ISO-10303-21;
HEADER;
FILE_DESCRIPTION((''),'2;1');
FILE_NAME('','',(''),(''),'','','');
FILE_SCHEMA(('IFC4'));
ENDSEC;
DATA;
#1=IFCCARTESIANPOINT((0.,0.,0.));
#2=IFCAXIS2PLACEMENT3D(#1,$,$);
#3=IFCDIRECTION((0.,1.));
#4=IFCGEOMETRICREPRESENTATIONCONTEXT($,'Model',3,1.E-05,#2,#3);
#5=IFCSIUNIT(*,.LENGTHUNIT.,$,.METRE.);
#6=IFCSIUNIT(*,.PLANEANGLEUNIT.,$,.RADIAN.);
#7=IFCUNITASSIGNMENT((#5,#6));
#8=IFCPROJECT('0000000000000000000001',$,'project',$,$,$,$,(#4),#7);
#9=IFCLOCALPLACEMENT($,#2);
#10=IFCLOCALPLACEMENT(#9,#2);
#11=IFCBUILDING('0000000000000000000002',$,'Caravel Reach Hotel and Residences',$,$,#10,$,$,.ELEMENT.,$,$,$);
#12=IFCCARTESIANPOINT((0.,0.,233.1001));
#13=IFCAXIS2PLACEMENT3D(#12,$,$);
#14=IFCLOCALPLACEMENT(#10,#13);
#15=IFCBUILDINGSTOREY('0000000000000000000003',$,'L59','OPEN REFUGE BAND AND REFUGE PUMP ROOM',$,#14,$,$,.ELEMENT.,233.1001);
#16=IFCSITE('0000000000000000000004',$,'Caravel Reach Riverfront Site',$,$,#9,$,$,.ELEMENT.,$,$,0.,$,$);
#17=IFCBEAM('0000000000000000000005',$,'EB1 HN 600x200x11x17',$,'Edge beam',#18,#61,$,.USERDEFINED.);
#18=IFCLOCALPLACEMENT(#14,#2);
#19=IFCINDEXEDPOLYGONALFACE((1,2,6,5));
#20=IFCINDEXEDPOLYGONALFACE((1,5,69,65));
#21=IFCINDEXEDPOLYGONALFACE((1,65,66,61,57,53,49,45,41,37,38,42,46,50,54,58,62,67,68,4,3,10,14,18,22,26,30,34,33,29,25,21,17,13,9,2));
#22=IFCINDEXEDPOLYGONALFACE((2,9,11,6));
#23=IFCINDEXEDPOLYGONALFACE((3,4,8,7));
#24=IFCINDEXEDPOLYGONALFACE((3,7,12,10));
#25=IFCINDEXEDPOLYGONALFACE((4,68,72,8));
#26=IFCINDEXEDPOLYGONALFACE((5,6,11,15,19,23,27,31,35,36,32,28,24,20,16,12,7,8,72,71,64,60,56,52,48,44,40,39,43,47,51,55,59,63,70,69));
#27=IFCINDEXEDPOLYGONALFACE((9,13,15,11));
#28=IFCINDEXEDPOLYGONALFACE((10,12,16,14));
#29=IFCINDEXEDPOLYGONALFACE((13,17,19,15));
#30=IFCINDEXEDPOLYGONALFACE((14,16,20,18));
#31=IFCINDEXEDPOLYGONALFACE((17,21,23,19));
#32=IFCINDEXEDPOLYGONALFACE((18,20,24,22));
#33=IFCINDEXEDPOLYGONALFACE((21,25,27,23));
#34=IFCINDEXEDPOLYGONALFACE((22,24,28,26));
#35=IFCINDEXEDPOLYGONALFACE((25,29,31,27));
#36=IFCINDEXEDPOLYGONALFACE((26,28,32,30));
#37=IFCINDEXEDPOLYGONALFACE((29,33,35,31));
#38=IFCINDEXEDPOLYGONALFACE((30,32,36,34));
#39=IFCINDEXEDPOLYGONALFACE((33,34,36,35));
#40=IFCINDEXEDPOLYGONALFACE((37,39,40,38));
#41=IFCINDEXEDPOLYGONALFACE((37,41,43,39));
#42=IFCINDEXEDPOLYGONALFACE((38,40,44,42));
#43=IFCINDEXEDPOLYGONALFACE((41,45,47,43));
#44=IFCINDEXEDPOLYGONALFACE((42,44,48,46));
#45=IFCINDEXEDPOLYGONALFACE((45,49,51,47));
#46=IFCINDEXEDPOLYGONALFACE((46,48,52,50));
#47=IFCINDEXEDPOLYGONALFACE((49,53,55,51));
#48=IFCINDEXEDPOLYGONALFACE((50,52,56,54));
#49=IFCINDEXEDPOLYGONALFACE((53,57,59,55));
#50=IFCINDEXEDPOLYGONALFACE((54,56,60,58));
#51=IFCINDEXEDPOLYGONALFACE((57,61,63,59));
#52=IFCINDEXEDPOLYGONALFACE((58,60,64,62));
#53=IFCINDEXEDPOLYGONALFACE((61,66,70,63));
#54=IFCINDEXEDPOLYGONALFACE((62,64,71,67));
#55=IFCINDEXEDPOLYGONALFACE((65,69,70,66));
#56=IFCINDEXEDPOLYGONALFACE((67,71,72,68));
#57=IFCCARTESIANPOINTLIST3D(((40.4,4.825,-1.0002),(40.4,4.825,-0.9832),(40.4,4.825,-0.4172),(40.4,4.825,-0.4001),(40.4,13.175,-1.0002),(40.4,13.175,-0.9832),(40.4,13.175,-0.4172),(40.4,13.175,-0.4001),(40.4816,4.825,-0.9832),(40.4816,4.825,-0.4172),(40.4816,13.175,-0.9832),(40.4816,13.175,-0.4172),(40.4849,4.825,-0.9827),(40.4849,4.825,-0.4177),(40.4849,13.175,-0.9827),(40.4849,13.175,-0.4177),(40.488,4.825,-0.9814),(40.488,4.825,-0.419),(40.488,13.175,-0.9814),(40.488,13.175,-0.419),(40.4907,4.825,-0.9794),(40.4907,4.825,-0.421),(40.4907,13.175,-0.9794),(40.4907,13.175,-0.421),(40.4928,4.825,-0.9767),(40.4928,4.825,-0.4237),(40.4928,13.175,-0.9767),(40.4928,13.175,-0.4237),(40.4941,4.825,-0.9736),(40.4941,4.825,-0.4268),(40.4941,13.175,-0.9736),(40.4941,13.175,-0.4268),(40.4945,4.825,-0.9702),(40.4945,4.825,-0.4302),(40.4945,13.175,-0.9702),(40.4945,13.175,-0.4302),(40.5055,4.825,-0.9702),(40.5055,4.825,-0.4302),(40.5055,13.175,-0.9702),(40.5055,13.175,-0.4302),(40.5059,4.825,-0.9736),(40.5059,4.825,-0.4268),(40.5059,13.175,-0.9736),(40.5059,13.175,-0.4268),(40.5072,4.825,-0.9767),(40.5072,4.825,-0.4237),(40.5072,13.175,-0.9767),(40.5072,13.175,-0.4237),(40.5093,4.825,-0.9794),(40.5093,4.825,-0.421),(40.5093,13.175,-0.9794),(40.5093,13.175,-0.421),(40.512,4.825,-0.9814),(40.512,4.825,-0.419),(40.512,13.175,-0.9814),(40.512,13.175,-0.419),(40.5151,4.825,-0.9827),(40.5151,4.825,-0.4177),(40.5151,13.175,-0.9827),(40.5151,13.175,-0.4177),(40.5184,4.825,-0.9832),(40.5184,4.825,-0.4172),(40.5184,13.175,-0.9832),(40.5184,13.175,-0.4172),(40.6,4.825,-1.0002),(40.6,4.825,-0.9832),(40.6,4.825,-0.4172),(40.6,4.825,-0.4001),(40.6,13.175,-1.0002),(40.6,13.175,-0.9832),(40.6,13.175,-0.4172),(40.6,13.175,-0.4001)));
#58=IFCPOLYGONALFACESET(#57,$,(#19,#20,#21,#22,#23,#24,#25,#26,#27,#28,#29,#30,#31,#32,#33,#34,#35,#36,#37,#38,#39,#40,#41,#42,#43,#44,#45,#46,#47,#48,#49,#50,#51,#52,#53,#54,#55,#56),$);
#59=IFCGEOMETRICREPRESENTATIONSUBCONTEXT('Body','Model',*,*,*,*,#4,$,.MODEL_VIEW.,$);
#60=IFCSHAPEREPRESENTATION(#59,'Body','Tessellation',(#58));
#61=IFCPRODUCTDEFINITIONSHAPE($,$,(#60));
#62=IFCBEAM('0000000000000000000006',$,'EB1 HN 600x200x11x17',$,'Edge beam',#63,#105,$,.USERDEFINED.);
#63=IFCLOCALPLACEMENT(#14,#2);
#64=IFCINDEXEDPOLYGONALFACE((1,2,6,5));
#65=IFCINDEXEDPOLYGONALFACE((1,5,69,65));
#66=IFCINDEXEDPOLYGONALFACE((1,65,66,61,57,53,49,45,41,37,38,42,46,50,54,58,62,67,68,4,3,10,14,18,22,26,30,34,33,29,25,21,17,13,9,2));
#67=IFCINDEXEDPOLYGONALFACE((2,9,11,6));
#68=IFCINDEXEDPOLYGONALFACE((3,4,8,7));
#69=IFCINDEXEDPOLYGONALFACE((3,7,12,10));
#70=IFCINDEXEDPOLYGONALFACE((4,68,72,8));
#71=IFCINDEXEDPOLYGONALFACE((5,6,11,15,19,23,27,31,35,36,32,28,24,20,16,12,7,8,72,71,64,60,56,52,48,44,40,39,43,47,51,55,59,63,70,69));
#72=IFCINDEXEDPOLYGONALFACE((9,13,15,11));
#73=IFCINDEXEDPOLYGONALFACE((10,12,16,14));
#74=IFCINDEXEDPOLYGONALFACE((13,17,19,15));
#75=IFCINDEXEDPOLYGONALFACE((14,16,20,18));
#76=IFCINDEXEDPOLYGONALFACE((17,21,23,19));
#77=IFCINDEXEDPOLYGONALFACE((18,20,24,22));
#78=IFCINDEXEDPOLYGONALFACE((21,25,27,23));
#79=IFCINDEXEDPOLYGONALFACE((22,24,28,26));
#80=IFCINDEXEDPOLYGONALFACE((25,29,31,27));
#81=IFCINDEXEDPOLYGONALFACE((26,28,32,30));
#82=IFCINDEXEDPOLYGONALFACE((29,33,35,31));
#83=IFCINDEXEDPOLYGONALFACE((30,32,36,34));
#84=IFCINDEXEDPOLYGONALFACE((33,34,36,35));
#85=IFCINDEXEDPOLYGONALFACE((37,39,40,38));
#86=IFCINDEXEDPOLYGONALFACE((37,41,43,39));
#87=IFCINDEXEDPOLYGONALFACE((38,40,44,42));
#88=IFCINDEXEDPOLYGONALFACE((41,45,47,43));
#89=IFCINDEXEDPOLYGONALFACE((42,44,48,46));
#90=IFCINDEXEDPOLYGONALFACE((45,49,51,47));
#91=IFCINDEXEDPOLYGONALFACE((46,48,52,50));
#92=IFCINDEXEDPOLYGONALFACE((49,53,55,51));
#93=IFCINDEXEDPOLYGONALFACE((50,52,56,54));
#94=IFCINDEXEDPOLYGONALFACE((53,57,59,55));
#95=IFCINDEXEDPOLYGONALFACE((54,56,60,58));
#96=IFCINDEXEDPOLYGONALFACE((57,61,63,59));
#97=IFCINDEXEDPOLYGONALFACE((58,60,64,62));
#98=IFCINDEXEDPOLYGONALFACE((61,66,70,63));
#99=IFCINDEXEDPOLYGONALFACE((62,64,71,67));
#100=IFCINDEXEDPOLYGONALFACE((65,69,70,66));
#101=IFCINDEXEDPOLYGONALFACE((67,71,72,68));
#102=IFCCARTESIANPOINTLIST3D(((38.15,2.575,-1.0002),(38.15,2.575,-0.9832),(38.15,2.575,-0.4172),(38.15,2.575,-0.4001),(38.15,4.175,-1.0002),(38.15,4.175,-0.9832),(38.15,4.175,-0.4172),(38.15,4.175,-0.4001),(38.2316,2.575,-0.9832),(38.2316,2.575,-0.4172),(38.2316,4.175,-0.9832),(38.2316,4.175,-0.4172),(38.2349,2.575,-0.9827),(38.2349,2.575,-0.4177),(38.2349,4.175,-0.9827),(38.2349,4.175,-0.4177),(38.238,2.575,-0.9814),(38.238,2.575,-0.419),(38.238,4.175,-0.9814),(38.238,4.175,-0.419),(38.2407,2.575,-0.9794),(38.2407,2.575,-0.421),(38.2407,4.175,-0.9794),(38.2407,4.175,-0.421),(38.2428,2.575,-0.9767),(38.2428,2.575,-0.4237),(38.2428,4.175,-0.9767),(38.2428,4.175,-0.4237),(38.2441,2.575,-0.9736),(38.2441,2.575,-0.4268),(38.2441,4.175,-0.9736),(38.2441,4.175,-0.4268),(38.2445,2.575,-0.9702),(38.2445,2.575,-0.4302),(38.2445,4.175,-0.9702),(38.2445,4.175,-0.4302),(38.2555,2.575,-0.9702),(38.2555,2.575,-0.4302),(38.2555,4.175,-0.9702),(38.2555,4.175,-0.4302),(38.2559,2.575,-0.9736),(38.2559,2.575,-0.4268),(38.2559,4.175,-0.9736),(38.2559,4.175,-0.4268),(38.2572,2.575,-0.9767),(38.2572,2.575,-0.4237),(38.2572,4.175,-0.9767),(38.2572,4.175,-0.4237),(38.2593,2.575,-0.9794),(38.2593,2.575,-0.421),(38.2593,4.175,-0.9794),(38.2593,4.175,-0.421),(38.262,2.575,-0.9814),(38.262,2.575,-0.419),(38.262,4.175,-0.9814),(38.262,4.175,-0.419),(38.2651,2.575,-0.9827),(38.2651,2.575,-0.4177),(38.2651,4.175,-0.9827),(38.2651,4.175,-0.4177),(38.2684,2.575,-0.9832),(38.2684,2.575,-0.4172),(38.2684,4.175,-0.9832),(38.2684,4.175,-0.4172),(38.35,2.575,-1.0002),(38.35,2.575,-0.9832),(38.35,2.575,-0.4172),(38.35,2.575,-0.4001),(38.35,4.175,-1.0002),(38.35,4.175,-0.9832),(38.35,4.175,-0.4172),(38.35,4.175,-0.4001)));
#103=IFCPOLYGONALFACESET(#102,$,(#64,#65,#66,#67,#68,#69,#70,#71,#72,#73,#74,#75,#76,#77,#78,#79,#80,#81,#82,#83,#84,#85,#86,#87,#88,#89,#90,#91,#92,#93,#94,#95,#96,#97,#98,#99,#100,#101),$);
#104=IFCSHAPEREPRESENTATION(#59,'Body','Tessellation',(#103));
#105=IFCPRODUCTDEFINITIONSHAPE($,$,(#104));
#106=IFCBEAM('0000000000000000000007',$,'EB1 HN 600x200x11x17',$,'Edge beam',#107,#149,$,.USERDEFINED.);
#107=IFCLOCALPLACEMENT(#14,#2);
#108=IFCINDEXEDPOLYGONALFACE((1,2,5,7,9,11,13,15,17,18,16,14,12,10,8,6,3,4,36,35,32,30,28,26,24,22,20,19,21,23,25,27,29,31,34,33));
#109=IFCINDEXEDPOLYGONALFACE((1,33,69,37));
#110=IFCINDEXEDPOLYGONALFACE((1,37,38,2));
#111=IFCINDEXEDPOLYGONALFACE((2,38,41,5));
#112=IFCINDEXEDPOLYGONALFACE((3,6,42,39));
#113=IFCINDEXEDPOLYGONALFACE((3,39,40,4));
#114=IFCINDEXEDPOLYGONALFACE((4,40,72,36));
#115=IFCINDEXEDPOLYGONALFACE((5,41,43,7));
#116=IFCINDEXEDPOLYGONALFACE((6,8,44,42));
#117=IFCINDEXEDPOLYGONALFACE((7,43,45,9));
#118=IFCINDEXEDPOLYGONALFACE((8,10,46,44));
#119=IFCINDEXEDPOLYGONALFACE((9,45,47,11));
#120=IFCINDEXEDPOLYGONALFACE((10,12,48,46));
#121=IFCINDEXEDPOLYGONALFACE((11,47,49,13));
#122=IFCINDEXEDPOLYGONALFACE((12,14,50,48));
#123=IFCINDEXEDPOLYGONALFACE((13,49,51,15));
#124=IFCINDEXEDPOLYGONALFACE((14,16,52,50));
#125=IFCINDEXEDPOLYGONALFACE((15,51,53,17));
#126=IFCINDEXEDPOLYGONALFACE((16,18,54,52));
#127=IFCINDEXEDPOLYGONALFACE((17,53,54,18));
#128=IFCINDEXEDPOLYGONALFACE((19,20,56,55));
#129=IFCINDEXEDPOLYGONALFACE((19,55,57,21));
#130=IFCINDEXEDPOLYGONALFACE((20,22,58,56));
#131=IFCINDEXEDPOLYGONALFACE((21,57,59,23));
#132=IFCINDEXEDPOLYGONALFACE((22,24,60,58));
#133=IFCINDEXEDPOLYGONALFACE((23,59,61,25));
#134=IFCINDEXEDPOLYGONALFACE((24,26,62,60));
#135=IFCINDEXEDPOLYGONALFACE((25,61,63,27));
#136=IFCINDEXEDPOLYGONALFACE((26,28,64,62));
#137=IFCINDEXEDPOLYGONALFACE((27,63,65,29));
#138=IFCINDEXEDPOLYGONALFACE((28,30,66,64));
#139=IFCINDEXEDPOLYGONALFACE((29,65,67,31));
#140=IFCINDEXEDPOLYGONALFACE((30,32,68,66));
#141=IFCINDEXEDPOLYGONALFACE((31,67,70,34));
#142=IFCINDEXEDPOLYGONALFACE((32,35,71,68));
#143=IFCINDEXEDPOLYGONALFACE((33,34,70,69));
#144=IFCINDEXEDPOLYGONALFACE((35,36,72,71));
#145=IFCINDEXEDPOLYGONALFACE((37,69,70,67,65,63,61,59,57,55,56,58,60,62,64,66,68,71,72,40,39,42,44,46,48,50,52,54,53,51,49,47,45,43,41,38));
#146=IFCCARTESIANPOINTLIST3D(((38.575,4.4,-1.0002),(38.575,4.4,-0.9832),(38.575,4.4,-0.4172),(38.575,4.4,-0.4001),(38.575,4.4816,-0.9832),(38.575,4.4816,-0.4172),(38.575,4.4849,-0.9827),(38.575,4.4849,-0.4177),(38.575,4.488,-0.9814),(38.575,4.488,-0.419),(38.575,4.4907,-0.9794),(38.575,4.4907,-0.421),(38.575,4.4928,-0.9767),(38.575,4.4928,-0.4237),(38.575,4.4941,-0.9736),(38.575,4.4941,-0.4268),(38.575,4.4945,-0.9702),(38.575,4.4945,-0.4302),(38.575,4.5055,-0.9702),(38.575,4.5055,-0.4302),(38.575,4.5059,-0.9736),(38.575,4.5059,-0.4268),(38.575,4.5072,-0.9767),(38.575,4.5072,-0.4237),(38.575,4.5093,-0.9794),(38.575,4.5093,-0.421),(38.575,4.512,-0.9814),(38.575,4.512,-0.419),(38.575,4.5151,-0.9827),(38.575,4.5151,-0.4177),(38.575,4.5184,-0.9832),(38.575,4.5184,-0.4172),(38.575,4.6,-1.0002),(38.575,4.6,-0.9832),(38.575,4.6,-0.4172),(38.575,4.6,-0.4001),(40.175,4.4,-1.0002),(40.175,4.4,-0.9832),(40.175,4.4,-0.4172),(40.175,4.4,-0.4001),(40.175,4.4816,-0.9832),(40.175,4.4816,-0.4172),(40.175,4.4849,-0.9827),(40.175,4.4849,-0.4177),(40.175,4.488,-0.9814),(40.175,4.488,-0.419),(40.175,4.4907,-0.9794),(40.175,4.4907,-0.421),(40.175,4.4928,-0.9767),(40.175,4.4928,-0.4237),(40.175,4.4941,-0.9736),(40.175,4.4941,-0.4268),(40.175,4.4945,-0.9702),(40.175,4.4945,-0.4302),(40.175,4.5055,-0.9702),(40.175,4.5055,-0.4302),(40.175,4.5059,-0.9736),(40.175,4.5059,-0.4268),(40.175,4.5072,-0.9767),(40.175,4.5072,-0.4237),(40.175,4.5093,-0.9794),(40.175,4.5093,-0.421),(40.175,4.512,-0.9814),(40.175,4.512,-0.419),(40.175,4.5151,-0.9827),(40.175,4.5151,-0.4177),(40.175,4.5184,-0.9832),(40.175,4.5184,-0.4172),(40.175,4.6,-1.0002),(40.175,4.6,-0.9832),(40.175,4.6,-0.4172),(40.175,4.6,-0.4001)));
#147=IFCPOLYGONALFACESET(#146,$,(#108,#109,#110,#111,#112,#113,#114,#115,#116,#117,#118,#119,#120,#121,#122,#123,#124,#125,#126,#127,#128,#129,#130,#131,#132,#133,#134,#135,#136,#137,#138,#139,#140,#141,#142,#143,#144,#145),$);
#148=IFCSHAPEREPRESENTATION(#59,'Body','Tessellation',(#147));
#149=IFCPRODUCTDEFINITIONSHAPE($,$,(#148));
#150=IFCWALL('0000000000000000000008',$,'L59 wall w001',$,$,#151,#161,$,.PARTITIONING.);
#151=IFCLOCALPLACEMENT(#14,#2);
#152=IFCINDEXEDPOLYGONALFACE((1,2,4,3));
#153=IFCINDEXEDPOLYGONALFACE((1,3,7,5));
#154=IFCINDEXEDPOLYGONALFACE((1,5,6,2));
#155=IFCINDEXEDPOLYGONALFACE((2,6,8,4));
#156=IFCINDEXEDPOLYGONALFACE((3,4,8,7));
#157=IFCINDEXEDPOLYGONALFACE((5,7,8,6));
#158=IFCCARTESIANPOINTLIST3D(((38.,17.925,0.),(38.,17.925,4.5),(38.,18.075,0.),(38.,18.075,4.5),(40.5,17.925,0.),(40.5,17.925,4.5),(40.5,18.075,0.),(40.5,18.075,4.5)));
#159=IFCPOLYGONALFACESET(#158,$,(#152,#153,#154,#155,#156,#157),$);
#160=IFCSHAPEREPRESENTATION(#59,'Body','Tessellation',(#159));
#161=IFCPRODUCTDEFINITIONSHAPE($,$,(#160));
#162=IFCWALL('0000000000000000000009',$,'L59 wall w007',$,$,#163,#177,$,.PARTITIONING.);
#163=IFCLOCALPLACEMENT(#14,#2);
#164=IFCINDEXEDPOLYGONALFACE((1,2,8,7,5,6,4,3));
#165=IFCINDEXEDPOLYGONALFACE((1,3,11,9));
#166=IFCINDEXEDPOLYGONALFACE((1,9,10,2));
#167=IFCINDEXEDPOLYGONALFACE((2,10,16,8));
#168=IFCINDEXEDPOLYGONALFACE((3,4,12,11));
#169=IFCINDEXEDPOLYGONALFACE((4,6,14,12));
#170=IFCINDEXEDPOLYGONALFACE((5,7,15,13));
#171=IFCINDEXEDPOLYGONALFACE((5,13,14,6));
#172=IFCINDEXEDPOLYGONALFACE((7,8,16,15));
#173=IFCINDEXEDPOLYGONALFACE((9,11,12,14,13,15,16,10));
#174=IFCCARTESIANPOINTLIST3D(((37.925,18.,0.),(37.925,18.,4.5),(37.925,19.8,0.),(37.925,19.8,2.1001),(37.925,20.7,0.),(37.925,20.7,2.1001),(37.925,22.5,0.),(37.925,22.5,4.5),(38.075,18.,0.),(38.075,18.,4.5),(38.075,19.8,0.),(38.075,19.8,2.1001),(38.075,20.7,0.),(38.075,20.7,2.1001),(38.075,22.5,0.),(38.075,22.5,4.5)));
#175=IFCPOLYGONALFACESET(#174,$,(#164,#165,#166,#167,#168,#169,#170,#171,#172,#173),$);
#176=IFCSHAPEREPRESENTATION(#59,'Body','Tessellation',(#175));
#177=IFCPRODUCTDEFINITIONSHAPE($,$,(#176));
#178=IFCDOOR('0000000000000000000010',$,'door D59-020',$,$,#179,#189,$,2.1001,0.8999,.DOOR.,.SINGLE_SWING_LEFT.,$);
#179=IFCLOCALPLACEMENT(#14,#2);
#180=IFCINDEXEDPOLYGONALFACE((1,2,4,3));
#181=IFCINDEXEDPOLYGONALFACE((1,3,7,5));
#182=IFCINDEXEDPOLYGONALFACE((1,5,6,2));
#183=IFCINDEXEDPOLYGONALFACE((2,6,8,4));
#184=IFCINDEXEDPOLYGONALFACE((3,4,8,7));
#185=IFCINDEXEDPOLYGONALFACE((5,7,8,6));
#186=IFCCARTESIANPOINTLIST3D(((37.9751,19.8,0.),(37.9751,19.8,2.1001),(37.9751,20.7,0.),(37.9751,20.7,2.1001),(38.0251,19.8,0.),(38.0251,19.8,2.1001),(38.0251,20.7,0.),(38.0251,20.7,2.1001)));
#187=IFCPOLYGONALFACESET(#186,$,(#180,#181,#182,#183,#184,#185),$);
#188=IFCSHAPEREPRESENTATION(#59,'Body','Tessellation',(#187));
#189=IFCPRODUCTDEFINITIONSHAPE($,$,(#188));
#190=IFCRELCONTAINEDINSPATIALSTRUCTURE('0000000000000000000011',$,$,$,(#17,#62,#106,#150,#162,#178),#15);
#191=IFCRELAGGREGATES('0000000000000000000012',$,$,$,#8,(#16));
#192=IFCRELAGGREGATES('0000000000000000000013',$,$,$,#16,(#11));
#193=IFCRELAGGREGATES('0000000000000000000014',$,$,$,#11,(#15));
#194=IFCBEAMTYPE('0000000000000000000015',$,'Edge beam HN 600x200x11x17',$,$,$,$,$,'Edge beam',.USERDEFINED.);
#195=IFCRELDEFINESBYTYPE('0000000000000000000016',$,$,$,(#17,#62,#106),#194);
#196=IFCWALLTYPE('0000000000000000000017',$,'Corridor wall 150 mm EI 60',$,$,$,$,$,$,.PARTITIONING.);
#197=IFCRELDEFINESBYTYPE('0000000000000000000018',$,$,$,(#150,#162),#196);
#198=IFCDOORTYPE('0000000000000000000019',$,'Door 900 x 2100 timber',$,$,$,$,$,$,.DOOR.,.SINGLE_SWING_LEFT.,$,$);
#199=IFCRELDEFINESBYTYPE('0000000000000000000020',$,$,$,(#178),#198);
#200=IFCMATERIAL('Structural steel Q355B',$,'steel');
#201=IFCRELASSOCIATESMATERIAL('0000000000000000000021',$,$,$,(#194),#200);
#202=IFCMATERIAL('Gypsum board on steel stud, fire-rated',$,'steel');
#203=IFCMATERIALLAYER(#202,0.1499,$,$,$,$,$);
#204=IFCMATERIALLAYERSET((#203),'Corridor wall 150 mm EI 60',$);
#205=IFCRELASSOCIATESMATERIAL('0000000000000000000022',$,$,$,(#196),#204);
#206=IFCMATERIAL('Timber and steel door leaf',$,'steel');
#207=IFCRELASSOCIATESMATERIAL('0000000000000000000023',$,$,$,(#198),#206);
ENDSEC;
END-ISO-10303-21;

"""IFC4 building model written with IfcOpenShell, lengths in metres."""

from ifc_helpers import new_model, si_unit, direction, frame, frame_2d, origin, origin_2d, place, context, subcontext, project, spatial, rectangle, i_section, extrude, material, layer, layer_set, material_profile, profile_set, type_object, element, fill, save


model = new_model("IFC4")

# Units and contexts
model_context = context("Model", 3, precision=1e-05, world=origin(), true_north=direction((0.0, 1.0)))
body_context = subcontext(model_context, "Body", "Model", "MODEL_VIEW")
ifc_project = project(units=[si_unit("LENGTHUNIT", "METRE"), si_unit("PLANEANGLEUNIT", "RADIAN")], contexts=[model_context])

# Site, building, storey
site_placement = place(None, origin())
site = spatial("IfcSite", under=ifc_project, at=site_placement, Name="Caravel Reach Riverfront Site", CompositionType="ELEMENT", RefElevation=0.0)
building_placement = place(site_placement, origin())
building = spatial("IfcBuilding", under=site, at=building_placement, Name="Caravel Reach Hotel and Residences", CompositionType="ELEMENT")
storey_placement = place(building_placement, frame((0.0, 0.0, 233.1001)))
storey = spatial("IfcBuildingStorey", under=building, at=storey_placement, Name="L59", Description="OPEN REFUGE BAND AND REFUGE PUMP ROOM", CompositionType="ELEMENT", Elevation=233.1001)

# Beams
ifc_material_1 = material(Name="Structural steel Q355B", Category="steel")
ifc_material_profile_1 = material_profile(ifc_material_1, i_section(OverallWidth=0.2, OverallDepth=0.6001, WebThickness=0.011, FlangeThickness=0.0171, FilletRadius=0.0129, at=origin_2d()), Name="HN 600x200x11x17")
ifc_profile_set_1 = profile_set([ifc_material_profile_1], Name="Structural steel Q355B")
beam_type_1 = type_object("IfcBeamType", Name="Edge beam HN 600x200x11x17", ElementType="Edge beam", PredefinedType="USERDEFINED", material=ifc_profile_set_1)
beam_1_placement = place(storey_placement, frame((40.5, 4.825, -0.7002), z_axis=(0.0, 1.0, 0.0), x_axis=(-1.0, 0.0, 0.0)))
element("IfcBeam", 1, at=beam_1_placement, inside=storey, type_object=beam_type_1, Name="EB1 HN 600x200x11x17", ObjectType="Edge beam", PredefinedType="USERDEFINED", context=body_context, shape_type="SweptSolid", body=[
    extrude(i_section(OverallWidth=0.2, OverallDepth=0.6001, WebThickness=0.011, FlangeThickness=0.0171, FilletRadius=0.0129, at=origin_2d()), origin(), (0.0, 0.0, 1.0), 8.3501),
])
for number, where, z_axis, x_axis, name in (
    (2, (38.25, 2.575, -0.7002), (0.0, 1.0, 0.0), (-1.0, 0.0, 0.0), "EB1 HN 600x200x11x17"),
    (3, (38.575, 4.5, -0.7002), (1.0, 0.0, 0.0), (0.0, 1.0, 0.0), "EB1 HN 600x200x11x17"),
):
    element("IfcBeam", number, at=place(storey_placement, frame(where, z_axis=z_axis, x_axis=x_axis)), inside=storey, type_object=beam_type_1, Name=name, ObjectType="Edge beam", PredefinedType="USERDEFINED", context=body_context, shape_type="SweptSolid", body=[
        extrude(i_section(OverallWidth=0.2, OverallDepth=0.6001, WebThickness=0.011, FlangeThickness=0.0171, FilletRadius=0.0129, at=origin_2d()), origin(), (0.0, 0.0, 1.0), 1.6001),
    ])

# Wall
ifc_material_2 = material(Name="Gypsum board on steel stud, fire-rated", Category="steel")
ifc_layer = layer(ifc_material_2, 0.1499)
ifc_layer_set = layer_set([ifc_layer], Name="Corridor wall 150 mm EI 60")
wall_type = type_object("IfcWallType", Name="Corridor wall 150 mm EI 60", PredefinedType="PARTITIONING", material=ifc_layer_set)
wall_1_placement = place(storey_placement, frame((38.0, 18.0, 0.0), z_axis=(0.0, 0.0, 1.0), x_axis=(1.0, 0.0, 0.0)))
element("IfcWall", 4, at=wall_1_placement, inside=storey, type_object=wall_type, Name="L59 wall w001", PredefinedType="PARTITIONING", context=body_context, shape_type="SweptSolid", body=[
    extrude(rectangle(XDim=2.5, YDim=0.1499, at=frame_2d((1.25, 0.0))), origin(), (0.0, 0.0, 1.0), 4.5),
])

# Wall, opening, door
wall_2_placement = place(storey_placement, frame((38.0, 18.0, 0.0), z_axis=(0.0, 0.0, 1.0), x_axis=(0.0, 1.0, 0.0)))
wall_2 = element("IfcWall", 5, at=wall_2_placement, inside=storey, type_object=wall_type, Name="L59 wall w007", PredefinedType="PARTITIONING", context=body_context, shape_type="SweptSolid", body=[
    extrude(rectangle(XDim=4.5, YDim=0.1499, at=frame_2d((2.25, 0.0))), origin(), (0.0, 0.0, 1.0), 4.5),
])
opening_placement = place(wall_2_placement, frame((1.8, 0.0, 0.0)))
opening = element("IfcOpeningElement", 6, at=opening_placement, cuts=wall_2, PredefinedType="OPENING", context=body_context, shape_type="SweptSolid", body=[
    extrude(rectangle(XDim=0.8999, YDim=2.1001, at=frame_2d((0.45, 1.05))), frame((0.0, 0.085, 0.0), z_axis=(0.0, -1.0, 0.0), x_axis=(1.0, 0.0, 0.0)), (0.0, 0.0, 1.0), 0.1699),
])
ifc_material_3 = material(Name="Timber and steel door leaf", Category="steel")
door_type = type_object("IfcDoorType", Name="Door 900 x 2100 timber", OperationType="SINGLE_SWING_LEFT", PredefinedType="DOOR", material=ifc_material_3)
door_placement = place(opening_placement, origin())
door = element("IfcDoor", 7, at=door_placement, inside=storey, type_object=door_type, Name="door D59-020", OperationType="SINGLE_SWING_LEFT", OverallHeight=2.1001, OverallWidth=0.8999, PredefinedType="DOOR", context=body_context, shape_type="SweptSolid", body=[
    extrude(rectangle(XDim=0.8999, YDim=2.1001, at=frame_2d((0.45, 1.05))), frame((0.0, 0.0249, 0.0), z_axis=(0.0, -1.0, 0.0), x_axis=(1.0, 0.0, 0.0)), (0.0, 0.0, 1.0), 0.05),
])
fill(opening, door)

save(model, "model.ifc")
